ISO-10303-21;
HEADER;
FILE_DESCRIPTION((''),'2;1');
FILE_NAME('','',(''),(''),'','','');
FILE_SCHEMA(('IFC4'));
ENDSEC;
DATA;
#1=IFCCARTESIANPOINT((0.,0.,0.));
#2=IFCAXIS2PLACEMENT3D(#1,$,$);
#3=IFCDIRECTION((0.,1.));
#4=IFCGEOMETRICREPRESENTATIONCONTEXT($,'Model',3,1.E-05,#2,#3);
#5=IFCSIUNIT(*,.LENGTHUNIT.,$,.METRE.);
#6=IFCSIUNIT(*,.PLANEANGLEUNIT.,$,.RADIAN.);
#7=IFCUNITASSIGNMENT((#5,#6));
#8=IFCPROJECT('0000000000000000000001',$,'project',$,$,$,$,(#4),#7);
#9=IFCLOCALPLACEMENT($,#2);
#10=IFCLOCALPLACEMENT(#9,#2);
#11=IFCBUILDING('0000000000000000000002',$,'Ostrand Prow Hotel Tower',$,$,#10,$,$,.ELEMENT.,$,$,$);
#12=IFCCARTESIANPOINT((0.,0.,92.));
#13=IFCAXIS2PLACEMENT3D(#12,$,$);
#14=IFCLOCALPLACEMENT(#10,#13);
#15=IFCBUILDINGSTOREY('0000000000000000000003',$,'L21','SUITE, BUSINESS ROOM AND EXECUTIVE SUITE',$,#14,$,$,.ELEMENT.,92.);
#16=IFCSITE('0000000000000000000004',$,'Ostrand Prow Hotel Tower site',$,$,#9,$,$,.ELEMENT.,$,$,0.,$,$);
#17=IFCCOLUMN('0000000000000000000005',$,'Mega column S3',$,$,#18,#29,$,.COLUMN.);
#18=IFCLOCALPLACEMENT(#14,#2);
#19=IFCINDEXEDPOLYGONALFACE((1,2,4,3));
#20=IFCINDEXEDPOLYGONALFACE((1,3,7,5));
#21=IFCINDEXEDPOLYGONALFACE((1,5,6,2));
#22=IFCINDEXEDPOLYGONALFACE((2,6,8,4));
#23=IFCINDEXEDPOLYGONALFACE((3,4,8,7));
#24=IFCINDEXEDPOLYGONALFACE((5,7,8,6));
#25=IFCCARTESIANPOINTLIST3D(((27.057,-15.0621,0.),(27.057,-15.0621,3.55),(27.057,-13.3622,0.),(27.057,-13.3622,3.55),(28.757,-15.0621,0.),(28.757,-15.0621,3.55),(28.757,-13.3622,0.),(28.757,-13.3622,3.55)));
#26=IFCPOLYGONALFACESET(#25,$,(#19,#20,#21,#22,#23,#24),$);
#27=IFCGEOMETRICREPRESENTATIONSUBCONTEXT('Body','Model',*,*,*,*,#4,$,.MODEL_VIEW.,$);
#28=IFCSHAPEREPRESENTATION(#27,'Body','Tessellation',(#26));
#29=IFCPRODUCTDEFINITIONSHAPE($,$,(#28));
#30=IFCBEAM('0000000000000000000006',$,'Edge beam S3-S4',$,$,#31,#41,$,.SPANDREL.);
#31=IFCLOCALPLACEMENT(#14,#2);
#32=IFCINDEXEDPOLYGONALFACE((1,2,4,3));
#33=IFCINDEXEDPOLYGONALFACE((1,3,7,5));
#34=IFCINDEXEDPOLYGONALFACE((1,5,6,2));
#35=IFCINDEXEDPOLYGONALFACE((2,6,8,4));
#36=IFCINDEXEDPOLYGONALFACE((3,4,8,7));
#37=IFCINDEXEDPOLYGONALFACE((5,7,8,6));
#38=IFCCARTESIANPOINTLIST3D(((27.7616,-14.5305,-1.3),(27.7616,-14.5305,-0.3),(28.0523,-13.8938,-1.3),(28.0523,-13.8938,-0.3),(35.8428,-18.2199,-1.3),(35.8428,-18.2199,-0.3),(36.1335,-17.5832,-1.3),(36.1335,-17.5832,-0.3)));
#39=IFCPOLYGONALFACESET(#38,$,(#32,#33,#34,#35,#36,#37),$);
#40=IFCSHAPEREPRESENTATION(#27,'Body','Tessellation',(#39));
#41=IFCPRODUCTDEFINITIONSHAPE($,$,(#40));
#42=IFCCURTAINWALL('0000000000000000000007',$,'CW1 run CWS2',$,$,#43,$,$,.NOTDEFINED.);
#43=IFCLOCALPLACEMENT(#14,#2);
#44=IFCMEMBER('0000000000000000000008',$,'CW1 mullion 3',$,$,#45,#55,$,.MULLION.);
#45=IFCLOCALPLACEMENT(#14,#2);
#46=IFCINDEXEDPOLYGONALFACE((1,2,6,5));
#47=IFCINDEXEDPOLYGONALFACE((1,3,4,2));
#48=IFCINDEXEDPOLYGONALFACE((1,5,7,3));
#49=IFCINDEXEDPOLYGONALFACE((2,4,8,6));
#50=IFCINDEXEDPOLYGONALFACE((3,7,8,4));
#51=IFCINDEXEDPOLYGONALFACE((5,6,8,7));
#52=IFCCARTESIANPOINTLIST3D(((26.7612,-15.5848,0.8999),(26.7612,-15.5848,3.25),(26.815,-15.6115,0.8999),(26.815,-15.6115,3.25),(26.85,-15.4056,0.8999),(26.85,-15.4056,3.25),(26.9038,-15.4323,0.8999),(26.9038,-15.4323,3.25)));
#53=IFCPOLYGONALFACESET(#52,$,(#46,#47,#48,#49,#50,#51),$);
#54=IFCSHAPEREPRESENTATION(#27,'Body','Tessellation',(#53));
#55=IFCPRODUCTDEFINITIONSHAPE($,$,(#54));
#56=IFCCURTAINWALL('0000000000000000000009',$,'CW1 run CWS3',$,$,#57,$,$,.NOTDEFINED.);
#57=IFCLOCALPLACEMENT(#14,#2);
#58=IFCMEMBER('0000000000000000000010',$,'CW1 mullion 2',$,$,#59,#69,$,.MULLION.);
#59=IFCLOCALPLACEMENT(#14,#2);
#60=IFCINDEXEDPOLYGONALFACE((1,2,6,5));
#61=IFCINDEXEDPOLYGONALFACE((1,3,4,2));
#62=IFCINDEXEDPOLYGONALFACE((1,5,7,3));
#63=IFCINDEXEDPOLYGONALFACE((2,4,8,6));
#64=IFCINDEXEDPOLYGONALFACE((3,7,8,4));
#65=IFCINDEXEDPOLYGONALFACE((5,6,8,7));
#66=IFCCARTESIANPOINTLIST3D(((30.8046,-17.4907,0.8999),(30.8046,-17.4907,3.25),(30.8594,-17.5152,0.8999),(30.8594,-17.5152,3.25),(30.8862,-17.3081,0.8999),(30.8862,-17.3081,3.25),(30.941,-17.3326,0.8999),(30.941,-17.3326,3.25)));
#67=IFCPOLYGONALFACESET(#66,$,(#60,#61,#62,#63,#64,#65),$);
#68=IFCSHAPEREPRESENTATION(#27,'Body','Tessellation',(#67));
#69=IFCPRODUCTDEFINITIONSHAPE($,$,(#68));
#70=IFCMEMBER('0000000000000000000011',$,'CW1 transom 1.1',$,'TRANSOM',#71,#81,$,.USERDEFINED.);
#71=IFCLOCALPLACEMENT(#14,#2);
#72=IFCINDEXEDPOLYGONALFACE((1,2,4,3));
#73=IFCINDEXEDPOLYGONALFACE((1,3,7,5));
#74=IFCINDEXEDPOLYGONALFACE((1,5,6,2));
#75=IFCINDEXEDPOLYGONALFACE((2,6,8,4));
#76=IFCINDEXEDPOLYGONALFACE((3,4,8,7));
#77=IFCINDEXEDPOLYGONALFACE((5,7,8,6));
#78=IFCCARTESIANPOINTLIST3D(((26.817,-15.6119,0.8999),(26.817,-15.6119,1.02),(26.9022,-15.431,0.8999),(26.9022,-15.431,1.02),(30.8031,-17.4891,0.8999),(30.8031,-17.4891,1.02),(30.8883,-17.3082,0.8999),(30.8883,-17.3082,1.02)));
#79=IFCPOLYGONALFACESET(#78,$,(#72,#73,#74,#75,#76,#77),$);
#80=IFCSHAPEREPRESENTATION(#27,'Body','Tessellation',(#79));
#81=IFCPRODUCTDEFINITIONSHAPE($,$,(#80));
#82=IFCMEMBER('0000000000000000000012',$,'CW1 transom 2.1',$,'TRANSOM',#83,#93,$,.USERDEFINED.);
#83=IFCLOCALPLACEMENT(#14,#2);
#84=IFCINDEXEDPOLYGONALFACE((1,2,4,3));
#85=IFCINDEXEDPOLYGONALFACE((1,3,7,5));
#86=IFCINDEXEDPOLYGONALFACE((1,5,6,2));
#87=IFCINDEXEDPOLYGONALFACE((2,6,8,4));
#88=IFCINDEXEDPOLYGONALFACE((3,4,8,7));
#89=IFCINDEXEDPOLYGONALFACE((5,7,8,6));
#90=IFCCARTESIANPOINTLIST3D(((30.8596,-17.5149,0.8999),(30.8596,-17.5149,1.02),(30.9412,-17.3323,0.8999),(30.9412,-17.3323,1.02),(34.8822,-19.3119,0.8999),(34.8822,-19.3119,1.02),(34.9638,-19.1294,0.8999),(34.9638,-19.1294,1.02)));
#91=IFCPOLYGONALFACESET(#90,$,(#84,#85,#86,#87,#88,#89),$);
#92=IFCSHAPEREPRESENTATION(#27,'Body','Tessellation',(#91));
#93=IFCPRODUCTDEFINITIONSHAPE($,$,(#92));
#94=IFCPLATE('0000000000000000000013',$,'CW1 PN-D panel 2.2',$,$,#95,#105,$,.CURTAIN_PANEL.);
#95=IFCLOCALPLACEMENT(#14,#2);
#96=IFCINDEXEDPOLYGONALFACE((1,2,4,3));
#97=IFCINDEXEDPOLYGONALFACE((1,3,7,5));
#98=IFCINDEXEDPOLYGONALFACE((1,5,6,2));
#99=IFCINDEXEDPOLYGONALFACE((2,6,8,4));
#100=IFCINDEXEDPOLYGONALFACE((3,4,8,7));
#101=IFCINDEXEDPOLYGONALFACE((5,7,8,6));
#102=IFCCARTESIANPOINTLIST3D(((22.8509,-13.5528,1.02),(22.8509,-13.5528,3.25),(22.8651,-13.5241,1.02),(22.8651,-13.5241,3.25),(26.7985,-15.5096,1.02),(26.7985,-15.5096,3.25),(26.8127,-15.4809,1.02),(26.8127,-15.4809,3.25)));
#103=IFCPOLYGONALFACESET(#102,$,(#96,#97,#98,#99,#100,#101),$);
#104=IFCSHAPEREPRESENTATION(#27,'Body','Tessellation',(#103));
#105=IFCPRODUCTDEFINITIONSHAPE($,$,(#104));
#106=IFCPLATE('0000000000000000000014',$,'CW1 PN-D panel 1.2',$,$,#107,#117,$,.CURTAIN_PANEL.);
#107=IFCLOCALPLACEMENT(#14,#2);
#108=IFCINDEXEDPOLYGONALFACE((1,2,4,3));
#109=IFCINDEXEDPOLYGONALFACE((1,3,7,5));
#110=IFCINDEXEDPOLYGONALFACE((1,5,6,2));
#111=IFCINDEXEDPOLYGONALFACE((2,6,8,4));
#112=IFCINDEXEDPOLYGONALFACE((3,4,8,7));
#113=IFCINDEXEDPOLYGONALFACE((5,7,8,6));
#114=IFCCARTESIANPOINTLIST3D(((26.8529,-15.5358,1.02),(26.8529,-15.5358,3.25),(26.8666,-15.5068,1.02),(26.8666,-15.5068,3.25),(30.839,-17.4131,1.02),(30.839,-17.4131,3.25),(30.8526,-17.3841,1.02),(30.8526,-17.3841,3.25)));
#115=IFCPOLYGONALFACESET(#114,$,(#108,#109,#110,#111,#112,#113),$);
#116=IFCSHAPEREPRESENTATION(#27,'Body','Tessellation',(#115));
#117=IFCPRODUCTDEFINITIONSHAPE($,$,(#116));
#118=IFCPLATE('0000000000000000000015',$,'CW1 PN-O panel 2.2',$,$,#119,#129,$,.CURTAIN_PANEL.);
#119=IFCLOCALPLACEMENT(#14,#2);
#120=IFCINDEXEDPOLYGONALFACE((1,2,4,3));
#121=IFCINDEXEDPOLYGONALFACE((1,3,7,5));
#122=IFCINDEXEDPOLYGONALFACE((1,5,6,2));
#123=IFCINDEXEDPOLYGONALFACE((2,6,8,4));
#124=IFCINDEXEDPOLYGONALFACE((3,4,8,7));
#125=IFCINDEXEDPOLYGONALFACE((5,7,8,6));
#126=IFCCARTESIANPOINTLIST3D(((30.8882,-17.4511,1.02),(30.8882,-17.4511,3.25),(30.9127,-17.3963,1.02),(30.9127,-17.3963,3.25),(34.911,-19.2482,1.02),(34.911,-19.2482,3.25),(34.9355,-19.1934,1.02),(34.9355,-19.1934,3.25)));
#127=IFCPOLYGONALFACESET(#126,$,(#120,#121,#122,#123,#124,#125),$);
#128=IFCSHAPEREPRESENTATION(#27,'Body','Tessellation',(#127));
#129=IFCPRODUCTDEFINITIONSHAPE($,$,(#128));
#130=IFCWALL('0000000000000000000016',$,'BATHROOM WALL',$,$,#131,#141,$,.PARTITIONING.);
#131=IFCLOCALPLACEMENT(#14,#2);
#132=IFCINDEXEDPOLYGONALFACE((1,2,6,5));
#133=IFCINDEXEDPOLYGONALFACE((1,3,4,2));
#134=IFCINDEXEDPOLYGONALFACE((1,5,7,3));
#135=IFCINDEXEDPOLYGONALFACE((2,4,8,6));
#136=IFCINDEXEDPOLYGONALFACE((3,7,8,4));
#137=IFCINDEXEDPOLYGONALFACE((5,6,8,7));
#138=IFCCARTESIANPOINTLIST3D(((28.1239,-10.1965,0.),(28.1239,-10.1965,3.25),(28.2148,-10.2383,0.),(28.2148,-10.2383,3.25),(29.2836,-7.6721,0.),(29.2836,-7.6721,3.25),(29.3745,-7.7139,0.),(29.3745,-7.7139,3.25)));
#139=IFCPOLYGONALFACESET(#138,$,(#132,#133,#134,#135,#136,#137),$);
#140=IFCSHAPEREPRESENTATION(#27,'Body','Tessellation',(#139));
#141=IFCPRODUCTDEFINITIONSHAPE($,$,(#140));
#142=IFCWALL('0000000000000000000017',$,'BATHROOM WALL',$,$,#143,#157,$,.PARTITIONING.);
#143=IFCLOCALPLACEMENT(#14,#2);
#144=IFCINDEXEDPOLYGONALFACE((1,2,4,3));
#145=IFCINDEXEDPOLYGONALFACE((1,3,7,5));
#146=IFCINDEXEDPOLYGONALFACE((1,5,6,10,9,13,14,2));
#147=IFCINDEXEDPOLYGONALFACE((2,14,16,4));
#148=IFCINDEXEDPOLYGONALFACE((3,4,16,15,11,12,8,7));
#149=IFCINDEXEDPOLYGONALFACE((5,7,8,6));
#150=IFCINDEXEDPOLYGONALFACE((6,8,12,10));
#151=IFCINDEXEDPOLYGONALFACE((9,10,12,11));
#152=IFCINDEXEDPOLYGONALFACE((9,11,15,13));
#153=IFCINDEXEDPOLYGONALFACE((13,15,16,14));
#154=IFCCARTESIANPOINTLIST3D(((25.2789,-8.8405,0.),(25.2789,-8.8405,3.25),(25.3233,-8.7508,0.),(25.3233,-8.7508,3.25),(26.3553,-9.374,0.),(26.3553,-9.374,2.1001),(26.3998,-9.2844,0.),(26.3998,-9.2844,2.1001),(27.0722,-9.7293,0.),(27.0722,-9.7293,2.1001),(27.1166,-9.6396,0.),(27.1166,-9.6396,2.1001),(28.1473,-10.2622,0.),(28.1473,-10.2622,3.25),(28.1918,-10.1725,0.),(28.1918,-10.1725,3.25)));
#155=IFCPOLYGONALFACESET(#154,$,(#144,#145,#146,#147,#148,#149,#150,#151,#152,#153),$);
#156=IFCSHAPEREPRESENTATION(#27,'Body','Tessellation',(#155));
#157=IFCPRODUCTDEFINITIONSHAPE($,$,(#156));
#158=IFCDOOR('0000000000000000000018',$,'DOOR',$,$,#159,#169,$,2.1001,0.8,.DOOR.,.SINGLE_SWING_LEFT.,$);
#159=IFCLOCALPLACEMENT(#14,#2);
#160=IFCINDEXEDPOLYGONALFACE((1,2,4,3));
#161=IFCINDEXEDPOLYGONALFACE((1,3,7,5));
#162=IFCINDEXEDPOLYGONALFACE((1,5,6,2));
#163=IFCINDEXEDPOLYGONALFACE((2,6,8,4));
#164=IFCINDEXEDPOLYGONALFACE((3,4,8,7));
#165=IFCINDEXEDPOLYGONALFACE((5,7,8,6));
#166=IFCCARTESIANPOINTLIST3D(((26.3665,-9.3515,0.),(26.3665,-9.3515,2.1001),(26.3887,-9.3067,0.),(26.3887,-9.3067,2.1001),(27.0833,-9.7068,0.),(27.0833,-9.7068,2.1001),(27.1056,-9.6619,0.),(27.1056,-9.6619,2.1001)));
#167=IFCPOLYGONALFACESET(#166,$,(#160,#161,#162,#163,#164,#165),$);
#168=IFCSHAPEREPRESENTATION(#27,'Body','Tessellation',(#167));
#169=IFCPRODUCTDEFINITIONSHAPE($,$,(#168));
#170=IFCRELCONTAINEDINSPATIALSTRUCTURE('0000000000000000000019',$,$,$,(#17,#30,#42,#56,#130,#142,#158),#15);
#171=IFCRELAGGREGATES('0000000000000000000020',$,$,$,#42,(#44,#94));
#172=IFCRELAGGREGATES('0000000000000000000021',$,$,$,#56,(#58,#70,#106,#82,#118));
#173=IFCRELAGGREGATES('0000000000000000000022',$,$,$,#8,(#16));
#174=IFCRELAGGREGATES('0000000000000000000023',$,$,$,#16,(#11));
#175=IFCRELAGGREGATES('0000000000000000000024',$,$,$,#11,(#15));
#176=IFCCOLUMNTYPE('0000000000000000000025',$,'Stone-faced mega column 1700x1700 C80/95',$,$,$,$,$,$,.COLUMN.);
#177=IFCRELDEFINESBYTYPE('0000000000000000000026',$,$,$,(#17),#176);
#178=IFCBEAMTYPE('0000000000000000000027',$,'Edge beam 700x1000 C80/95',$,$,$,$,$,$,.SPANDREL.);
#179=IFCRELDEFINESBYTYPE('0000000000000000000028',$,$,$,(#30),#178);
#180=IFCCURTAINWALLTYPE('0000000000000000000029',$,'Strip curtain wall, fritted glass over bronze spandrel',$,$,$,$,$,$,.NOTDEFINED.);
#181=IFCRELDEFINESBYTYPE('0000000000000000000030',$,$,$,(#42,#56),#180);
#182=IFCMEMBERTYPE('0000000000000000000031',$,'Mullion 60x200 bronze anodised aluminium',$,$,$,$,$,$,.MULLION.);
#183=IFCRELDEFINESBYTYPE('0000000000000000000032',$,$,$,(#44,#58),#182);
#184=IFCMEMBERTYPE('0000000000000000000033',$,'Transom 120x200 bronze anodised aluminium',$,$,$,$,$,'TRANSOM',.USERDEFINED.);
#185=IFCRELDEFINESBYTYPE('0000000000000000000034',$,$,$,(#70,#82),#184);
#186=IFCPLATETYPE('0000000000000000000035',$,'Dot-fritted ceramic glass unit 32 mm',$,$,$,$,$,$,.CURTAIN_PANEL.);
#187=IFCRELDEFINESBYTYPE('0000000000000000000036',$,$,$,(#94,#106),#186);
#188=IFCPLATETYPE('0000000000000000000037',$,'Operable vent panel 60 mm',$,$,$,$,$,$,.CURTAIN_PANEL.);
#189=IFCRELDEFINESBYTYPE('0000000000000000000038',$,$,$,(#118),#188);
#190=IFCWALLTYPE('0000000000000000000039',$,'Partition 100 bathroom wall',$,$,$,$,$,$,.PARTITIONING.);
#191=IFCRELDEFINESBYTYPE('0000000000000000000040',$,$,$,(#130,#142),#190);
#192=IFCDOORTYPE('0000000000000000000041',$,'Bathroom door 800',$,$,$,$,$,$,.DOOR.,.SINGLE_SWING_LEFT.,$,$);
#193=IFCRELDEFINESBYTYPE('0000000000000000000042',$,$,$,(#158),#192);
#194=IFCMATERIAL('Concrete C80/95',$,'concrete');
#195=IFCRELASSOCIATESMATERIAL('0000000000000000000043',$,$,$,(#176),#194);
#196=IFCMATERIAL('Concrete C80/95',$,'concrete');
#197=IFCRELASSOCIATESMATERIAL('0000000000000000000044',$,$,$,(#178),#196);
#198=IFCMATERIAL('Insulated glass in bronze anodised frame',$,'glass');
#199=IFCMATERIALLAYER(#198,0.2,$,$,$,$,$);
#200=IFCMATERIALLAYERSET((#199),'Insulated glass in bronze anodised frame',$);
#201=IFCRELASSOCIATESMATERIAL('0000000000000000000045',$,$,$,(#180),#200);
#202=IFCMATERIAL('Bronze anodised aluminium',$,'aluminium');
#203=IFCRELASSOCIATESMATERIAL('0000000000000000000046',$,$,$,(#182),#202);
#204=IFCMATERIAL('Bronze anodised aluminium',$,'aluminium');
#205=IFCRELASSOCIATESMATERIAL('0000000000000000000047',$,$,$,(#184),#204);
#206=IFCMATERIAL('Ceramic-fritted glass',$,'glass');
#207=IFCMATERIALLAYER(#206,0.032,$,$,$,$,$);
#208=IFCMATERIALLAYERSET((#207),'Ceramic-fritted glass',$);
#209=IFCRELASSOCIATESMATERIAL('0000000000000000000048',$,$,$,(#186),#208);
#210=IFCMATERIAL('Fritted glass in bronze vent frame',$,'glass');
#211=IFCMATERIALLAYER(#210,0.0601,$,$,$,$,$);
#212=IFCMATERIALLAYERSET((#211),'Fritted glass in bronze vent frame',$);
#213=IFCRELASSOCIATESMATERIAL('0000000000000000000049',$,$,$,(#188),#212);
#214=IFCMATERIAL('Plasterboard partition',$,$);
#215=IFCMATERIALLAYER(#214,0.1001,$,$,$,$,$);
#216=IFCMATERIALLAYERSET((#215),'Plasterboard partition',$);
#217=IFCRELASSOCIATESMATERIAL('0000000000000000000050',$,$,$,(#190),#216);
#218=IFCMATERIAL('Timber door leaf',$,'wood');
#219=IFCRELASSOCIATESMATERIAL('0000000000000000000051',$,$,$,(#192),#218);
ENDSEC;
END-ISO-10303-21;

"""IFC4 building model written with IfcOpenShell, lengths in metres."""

from ifc_helpers import new_model, si_unit, direction, frame, frame_2d, origin, origin_2d, place, context, subcontext, project, spatial, rectangle, extrude, material, layer, layer_set, material_profile, profile_set, type_object, element, fill, aggregate, save


model = new_model("IFC4")

# Units and contexts
model_context = context("Model", 3, precision=1e-05, world=origin(), true_north=direction((0.0, 1.0)))
body_context = subcontext(model_context, "Body", "Model", "MODEL_VIEW")
ifc_project = project(units=[si_unit("LENGTHUNIT", "METRE"), si_unit("PLANEANGLEUNIT", "RADIAN")], contexts=[model_context])

# Site, building, storey
site_placement = place(None, origin())
site = spatial("IfcSite", under=ifc_project, at=site_placement, Name="Ostrand Prow Hotel Tower site", CompositionType="ELEMENT", RefElevation=0.0)
building_placement = place(site_placement, origin())
building = spatial("IfcBuilding", under=site, at=building_placement, Name="Ostrand Prow Hotel Tower", CompositionType="ELEMENT")
storey_placement = place(building_placement, frame((0.0, 0.0, 92.0)))
storey = spatial("IfcBuildingStorey", under=building, at=storey_placement, Name="L21", Description="SUITE, BUSINESS ROOM AND EXECUTIVE SUITE", CompositionType="ELEMENT", Elevation=92.0)

# Column
ifc_material_1 = material(Name="Concrete C80/95", Category="concrete")
ifc_material_profile_1 = material_profile(ifc_material_1, rectangle(XDim=1.7, YDim=1.7, at=origin_2d()), Name="RC 1700x1700")
ifc_profile_set_1 = profile_set([ifc_material_profile_1], Name="Concrete C80/95")
column_type = type_object("IfcColumnType", Name="Stone-faced mega column 1700x1700 C80/95", PredefinedType="COLUMN", material=ifc_profile_set_1)
column_placement = place(storey_placement, frame((27.907, -14.2122, 0.0), z_axis=(0.0, 0.0, 1.0), x_axis=(1.0, 0.0, 0.0)))
element("IfcColumn", 1, at=column_placement, inside=storey, type_object=column_type, Name="Mega column S3", PredefinedType="COLUMN", context=body_context, shape_type="SweptSolid", body=[
    extrude(rectangle(XDim=1.7, YDim=1.7, at=origin_2d()), origin(), (0.0, 0.0, 1.0), 3.55),
])

# Beam
ifc_material_2 = material(Name="Concrete C80/95", Category="concrete")
ifc_material_profile_2 = material_profile(ifc_material_2, rectangle(XDim=0.7, YDim=1.0, at=origin_2d()), Name="RC 700x1000")
ifc_profile_set_2 = profile_set([ifc_material_profile_2], Name="Concrete C80/95")
beam_type = type_object("IfcBeamType", Name="Edge beam 700x1000 C80/95", PredefinedType="SPANDREL", material=ifc_profile_set_2)
beam_placement = place(storey_placement, frame((27.907, -14.2122, -0.8), z_axis=(0.909681, -0.415308, 0.0), x_axis=(0.415308, 0.909681, 0.0)))
element("IfcBeam", 2, at=beam_placement, inside=storey, type_object=beam_type, Name="Edge beam S3-S4", PredefinedType="SPANDREL", context=body_context, shape_type="SweptSolid", body=[
    extrude(rectangle(XDim=0.7, YDim=1.0, at=origin_2d()), origin(), (0.0, 0.0, 1.0), 8.8835),
])

# Curtain wall, member
ifc_material_3 = material(Name="Insulated glass in bronze anodised frame", Category="glass")
ifc_layer_1 = layer(ifc_material_3, 0.2)
ifc_layer_set_1 = layer_set([ifc_layer_1], Name="Insulated glass in bronze anodised frame")
curtain_wall_type = type_object("IfcCurtainWallType", Name="Strip curtain wall, fritted glass over bronze spandrel", PredefinedType="NOTDEFINED", material=ifc_layer_set_1)
curtain_wall_1_placement = place(storey_placement, origin())
curtain_wall_1 = element("IfcCurtainWall", 3, at=curtain_wall_1_placement, inside=storey, type_object=curtain_wall_type, Name="CW1 run CWS2", PredefinedType="NOTDEFINED")
ifc_material_4 = material(Name="Bronze anodised aluminium", Category="aluminium")
ifc_material_profile_3 = material_profile(ifc_material_4, rectangle(XDim=0.2, YDim=0.0601, at=origin_2d()), Name="Mullion 60x200 bronze anodised aluminium")
ifc_profile_set_3 = profile_set([ifc_material_profile_3], Name="Bronze anodised aluminium")
member_type_1 = type_object("IfcMemberType", Name="Mullion 60x200 bronze anodised aluminium", PredefinedType="MULLION", material=ifc_profile_set_3)
member_1_placement = place(storey_placement, frame((26.8325, -15.5085, 0.8999), z_axis=(0.0, 0.0, 1.0), x_axis=(0.444113, 0.895971, 0.0)))
member_1 = element("IfcMember", 4, at=member_1_placement, type_object=member_type_1, Name="CW1 mullion 3", PredefinedType="MULLION", context=body_context, shape_type="SweptSolid", body=[
    extrude(rectangle(XDim=0.2, YDim=0.0601, at=origin_2d()), origin(), (0.0, 0.0, 1.0), 2.3501),
])

# Curtain wall, members
curtain_wall_2_placement = place(storey_placement, origin())
curtain_wall_2 = element("IfcCurtainWall", 5, at=curtain_wall_2_placement, inside=storey, type_object=curtain_wall_type, Name="CW1 run CWS3", PredefinedType="NOTDEFINED")
member_2_placement = place(storey_placement, frame((30.8728, -17.4116, 0.8999), z_axis=(0.0, 0.0, 1.0), x_axis=(0.407875, 0.913038, 0.0)))
member_2 = element("IfcMember", 6, at=member_2_placement, type_object=member_type_1, Name="CW1 mullion 2", PredefinedType="MULLION", context=body_context, shape_type="SweptSolid", body=[
    extrude(rectangle(XDim=0.2, YDim=0.0601, at=origin_2d()), origin(), (0.0, 0.0, 1.0), 2.3501),
])
ifc_material_5 = material(Name="Bronze anodised aluminium", Category="aluminium")
ifc_material_profile_4 = material_profile(ifc_material_5, rectangle(XDim=0.2, YDim=0.1201, at=origin_2d()), Name="Transom 120x200 bronze anodised aluminium")
ifc_profile_set_4 = profile_set([ifc_material_profile_4], Name="Bronze anodised aluminium")
member_type_2 = type_object("IfcMemberType", Name="Transom 120x200 bronze anodised aluminium", ElementType="TRANSOM", PredefinedType="USERDEFINED", material=ifc_profile_set_4)
member_3_placement = place(storey_placement, frame((26.8596, -15.5215, 0.96), z_axis=(0.904697, -0.426056, 0.0), x_axis=(0.426056, 0.904697, 0.0)))
member_3 = element("IfcMember", 7, at=member_3_placement, type_object=member_type_2, Name="CW1 transom 1.1", ObjectType="TRANSOM", PredefinedType="USERDEFINED", context=body_context, shape_type="SweptSolid", body=[
    extrude(rectangle(XDim=0.2, YDim=0.1201, at=origin_2d()), origin(), (0.0, 0.0, 1.0), 4.406),
])
member_4_placement = place(storey_placement, frame((30.9004, -17.4236, 0.96), z_axis=(0.913031, -0.407891, 0.0), x_axis=(0.407891, 0.913031, 0.0)))
member_4 = element("IfcMember", 8, at=member_4_placement, type_object=member_type_2, Name="CW1 transom 2.1", ObjectType="TRANSOM", PredefinedType="USERDEFINED", context=body_context, shape_type="SweptSolid", body=[
    extrude(rectangle(XDim=0.2, YDim=0.1201, at=origin_2d()), origin(), (0.0, 0.0, 1.0), 4.4058),
])

# Plates
ifc_material_6 = material(Name="Ceramic-fritted glass", Category="glass")
ifc_layer_2 = layer(ifc_material_6, 0.032)
ifc_layer_set_2 = layer_set([ifc_layer_2], Name="Ceramic-fritted glass")
plate_type_1 = type_object("IfcPlateType", Name="Dot-fritted ceramic glass unit 32 mm", PredefinedType="CURTAIN_PANEL", material=ifc_layer_set_2)
plate_1_placement = place(storey_placement, frame((24.8318, -14.5168, 1.02), z_axis=(0.0, 0.0, 1.0), x_axis=(0.895971, -0.444113, 0.0)))
plate_1 = element("IfcPlate", 9, at=plate_1_placement, type_object=plate_type_1, Name="CW1 PN-D panel 2.2", PredefinedType="CURTAIN_PANEL", context=body_context, shape_type="SweptSolid", body=[
    extrude(rectangle(XDim=4.406, YDim=0.032, at=origin_2d()), origin(), (0.0, 0.0, 1.0), 2.23),
])
aggregate(curtain_wall_1, [member_1, plate_1])
plate_2_placement = place(storey_placement, frame((28.8528, -16.46, 1.02), z_axis=(0.0, 0.0, 1.0), x_axis=(0.904686, -0.426079, 0.0)))
plate_2 = element("IfcPlate", 10, at=plate_2_placement, type_object=plate_type_1, Name="CW1 PN-D panel 1.2", PredefinedType="CURTAIN_PANEL", context=body_context, shape_type="SweptSolid", body=[
    extrude(rectangle(XDim=4.406, YDim=0.032, at=origin_2d()), origin(), (0.0, 0.0, 1.0), 2.23),
])
ifc_material_7 = material(Name="Fritted glass in bronze vent frame", Category="glass")
ifc_layer_3 = layer(ifc_material_7, 0.0601)
ifc_layer_set_3 = layer_set([ifc_layer_3], Name="Fritted glass in bronze vent frame")
plate_type_2 = type_object("IfcPlateType", Name="Operable vent panel 60 mm", PredefinedType="CURTAIN_PANEL", material=ifc_layer_set_3)
plate_3_placement = place(storey_placement, frame((32.9119, -18.3223, 1.02), z_axis=(0.0, 0.0, 1.0), x_axis=(0.913038, -0.407875, 0.0)))
plate_3 = element("IfcPlate", 11, at=plate_3_placement, type_object=plate_type_2, Name="CW1 PN-O panel 2.2", PredefinedType="CURTAIN_PANEL", context=body_context, shape_type="SweptSolid", body=[
    extrude(rectangle(XDim=4.406, YDim=0.0601, at=origin_2d()), origin(), (0.0, 0.0, 1.0), 2.23),
])
aggregate(curtain_wall_2, [member_2, member_3, plate_2, member_4, plate_3])

# Wall
ifc_material_8 = material(Name="Plasterboard partition")
ifc_layer_4 = layer(ifc_material_8, 0.1001)
ifc_layer_set_4 = layer_set([ifc_layer_4], Name="Plasterboard partition")
wall_type_1 = type_object("IfcWallType", Name="Partition 100 bathroom wall", PredefinedType="PARTITIONING", material=ifc_layer_set_4)
wall_1_placement = place(storey_placement, frame((29.3291, -7.6929, 0.0), z_axis=(0.0, 0.0, 1.0), x_axis=(-0.417441, -0.908704, 0.0)))
element("IfcWall", 12, at=wall_1_placement, inside=storey, type_object=wall_type_1, Name="BATHROOM WALL", PredefinedType="PARTITIONING", context=body_context, shape_type="SweptSolid", body=[
    extrude(rectangle(XDim=2.7781, YDim=0.1001, at=frame_2d((1.3892, 0.0))), origin(), (0.0, 0.0, 1.0), 3.25),
])

# Wall, opening, door
wall_2_placement = place(storey_placement, frame((28.1694, -10.2173, 0.0), z_axis=(0.0, 0.0, 1.0), x_axis=(-0.895993, 0.444069, 0.0)))
wall_2 = element("IfcWall", 13, at=wall_2_placement, inside=storey, type_object=wall_type_1, Name="BATHROOM WALL", PredefinedType="PARTITIONING", context=body_context, shape_type="SweptSolid", body=[
    extrude(rectangle(XDim=3.2014, YDim=0.1001, at=frame_2d((1.6006, 0.0))), origin(), (0.0, 0.0, 1.0), 3.25),
])
opening_1_placement = place(wall_2_placement, frame((1.2, 0.0, 0.0)))
opening_1 = element("IfcOpeningElement", 14, at=opening_1_placement, cuts=wall_2, PredefinedType="OPENING", context=body_context, shape_type="SweptSolid", body=[
    extrude(rectangle(XDim=0.8, YDim=2.1001, at=frame_2d((0.3999, 1.05))), frame((0.0, 0.0601, 0.0), z_axis=(0.0, -1.0, 0.0), x_axis=(1.0, 0.0, 0.0)), (0.0, 0.0, 1.0), 0.1201),
])
ifc_material_9 = material(Name="Timber door leaf", Category="wood")
door_type_1 = type_object("IfcDoorType", Name="Bathroom door 800", OperationType="SINGLE_SWING_LEFT", PredefinedType="DOOR", material=ifc_material_9)
door_1_placement = place(opening_1_placement, origin())
door_1 = element("IfcDoor", 15, at=door_1_placement, inside=storey, type_object=door_type_1, Name="DOOR", OperationType="SINGLE_SWING_LEFT", OverallHeight=2.1001, OverallWidth=0.8, PredefinedType="DOOR", context=body_context, shape_type="SweptSolid", body=[
    extrude(rectangle(XDim=0.8, YDim=2.1001, at=frame_2d((0.3999, 1.05))), frame((0.0, 0.0249, 0.0), z_axis=(0.0, -1.0, 0.0), x_axis=(1.0, 0.0, 0.0)), (0.0, 0.0, 1.0), 0.05),
])
fill(opening_1, door_1)

save(model, "model.ifc")
